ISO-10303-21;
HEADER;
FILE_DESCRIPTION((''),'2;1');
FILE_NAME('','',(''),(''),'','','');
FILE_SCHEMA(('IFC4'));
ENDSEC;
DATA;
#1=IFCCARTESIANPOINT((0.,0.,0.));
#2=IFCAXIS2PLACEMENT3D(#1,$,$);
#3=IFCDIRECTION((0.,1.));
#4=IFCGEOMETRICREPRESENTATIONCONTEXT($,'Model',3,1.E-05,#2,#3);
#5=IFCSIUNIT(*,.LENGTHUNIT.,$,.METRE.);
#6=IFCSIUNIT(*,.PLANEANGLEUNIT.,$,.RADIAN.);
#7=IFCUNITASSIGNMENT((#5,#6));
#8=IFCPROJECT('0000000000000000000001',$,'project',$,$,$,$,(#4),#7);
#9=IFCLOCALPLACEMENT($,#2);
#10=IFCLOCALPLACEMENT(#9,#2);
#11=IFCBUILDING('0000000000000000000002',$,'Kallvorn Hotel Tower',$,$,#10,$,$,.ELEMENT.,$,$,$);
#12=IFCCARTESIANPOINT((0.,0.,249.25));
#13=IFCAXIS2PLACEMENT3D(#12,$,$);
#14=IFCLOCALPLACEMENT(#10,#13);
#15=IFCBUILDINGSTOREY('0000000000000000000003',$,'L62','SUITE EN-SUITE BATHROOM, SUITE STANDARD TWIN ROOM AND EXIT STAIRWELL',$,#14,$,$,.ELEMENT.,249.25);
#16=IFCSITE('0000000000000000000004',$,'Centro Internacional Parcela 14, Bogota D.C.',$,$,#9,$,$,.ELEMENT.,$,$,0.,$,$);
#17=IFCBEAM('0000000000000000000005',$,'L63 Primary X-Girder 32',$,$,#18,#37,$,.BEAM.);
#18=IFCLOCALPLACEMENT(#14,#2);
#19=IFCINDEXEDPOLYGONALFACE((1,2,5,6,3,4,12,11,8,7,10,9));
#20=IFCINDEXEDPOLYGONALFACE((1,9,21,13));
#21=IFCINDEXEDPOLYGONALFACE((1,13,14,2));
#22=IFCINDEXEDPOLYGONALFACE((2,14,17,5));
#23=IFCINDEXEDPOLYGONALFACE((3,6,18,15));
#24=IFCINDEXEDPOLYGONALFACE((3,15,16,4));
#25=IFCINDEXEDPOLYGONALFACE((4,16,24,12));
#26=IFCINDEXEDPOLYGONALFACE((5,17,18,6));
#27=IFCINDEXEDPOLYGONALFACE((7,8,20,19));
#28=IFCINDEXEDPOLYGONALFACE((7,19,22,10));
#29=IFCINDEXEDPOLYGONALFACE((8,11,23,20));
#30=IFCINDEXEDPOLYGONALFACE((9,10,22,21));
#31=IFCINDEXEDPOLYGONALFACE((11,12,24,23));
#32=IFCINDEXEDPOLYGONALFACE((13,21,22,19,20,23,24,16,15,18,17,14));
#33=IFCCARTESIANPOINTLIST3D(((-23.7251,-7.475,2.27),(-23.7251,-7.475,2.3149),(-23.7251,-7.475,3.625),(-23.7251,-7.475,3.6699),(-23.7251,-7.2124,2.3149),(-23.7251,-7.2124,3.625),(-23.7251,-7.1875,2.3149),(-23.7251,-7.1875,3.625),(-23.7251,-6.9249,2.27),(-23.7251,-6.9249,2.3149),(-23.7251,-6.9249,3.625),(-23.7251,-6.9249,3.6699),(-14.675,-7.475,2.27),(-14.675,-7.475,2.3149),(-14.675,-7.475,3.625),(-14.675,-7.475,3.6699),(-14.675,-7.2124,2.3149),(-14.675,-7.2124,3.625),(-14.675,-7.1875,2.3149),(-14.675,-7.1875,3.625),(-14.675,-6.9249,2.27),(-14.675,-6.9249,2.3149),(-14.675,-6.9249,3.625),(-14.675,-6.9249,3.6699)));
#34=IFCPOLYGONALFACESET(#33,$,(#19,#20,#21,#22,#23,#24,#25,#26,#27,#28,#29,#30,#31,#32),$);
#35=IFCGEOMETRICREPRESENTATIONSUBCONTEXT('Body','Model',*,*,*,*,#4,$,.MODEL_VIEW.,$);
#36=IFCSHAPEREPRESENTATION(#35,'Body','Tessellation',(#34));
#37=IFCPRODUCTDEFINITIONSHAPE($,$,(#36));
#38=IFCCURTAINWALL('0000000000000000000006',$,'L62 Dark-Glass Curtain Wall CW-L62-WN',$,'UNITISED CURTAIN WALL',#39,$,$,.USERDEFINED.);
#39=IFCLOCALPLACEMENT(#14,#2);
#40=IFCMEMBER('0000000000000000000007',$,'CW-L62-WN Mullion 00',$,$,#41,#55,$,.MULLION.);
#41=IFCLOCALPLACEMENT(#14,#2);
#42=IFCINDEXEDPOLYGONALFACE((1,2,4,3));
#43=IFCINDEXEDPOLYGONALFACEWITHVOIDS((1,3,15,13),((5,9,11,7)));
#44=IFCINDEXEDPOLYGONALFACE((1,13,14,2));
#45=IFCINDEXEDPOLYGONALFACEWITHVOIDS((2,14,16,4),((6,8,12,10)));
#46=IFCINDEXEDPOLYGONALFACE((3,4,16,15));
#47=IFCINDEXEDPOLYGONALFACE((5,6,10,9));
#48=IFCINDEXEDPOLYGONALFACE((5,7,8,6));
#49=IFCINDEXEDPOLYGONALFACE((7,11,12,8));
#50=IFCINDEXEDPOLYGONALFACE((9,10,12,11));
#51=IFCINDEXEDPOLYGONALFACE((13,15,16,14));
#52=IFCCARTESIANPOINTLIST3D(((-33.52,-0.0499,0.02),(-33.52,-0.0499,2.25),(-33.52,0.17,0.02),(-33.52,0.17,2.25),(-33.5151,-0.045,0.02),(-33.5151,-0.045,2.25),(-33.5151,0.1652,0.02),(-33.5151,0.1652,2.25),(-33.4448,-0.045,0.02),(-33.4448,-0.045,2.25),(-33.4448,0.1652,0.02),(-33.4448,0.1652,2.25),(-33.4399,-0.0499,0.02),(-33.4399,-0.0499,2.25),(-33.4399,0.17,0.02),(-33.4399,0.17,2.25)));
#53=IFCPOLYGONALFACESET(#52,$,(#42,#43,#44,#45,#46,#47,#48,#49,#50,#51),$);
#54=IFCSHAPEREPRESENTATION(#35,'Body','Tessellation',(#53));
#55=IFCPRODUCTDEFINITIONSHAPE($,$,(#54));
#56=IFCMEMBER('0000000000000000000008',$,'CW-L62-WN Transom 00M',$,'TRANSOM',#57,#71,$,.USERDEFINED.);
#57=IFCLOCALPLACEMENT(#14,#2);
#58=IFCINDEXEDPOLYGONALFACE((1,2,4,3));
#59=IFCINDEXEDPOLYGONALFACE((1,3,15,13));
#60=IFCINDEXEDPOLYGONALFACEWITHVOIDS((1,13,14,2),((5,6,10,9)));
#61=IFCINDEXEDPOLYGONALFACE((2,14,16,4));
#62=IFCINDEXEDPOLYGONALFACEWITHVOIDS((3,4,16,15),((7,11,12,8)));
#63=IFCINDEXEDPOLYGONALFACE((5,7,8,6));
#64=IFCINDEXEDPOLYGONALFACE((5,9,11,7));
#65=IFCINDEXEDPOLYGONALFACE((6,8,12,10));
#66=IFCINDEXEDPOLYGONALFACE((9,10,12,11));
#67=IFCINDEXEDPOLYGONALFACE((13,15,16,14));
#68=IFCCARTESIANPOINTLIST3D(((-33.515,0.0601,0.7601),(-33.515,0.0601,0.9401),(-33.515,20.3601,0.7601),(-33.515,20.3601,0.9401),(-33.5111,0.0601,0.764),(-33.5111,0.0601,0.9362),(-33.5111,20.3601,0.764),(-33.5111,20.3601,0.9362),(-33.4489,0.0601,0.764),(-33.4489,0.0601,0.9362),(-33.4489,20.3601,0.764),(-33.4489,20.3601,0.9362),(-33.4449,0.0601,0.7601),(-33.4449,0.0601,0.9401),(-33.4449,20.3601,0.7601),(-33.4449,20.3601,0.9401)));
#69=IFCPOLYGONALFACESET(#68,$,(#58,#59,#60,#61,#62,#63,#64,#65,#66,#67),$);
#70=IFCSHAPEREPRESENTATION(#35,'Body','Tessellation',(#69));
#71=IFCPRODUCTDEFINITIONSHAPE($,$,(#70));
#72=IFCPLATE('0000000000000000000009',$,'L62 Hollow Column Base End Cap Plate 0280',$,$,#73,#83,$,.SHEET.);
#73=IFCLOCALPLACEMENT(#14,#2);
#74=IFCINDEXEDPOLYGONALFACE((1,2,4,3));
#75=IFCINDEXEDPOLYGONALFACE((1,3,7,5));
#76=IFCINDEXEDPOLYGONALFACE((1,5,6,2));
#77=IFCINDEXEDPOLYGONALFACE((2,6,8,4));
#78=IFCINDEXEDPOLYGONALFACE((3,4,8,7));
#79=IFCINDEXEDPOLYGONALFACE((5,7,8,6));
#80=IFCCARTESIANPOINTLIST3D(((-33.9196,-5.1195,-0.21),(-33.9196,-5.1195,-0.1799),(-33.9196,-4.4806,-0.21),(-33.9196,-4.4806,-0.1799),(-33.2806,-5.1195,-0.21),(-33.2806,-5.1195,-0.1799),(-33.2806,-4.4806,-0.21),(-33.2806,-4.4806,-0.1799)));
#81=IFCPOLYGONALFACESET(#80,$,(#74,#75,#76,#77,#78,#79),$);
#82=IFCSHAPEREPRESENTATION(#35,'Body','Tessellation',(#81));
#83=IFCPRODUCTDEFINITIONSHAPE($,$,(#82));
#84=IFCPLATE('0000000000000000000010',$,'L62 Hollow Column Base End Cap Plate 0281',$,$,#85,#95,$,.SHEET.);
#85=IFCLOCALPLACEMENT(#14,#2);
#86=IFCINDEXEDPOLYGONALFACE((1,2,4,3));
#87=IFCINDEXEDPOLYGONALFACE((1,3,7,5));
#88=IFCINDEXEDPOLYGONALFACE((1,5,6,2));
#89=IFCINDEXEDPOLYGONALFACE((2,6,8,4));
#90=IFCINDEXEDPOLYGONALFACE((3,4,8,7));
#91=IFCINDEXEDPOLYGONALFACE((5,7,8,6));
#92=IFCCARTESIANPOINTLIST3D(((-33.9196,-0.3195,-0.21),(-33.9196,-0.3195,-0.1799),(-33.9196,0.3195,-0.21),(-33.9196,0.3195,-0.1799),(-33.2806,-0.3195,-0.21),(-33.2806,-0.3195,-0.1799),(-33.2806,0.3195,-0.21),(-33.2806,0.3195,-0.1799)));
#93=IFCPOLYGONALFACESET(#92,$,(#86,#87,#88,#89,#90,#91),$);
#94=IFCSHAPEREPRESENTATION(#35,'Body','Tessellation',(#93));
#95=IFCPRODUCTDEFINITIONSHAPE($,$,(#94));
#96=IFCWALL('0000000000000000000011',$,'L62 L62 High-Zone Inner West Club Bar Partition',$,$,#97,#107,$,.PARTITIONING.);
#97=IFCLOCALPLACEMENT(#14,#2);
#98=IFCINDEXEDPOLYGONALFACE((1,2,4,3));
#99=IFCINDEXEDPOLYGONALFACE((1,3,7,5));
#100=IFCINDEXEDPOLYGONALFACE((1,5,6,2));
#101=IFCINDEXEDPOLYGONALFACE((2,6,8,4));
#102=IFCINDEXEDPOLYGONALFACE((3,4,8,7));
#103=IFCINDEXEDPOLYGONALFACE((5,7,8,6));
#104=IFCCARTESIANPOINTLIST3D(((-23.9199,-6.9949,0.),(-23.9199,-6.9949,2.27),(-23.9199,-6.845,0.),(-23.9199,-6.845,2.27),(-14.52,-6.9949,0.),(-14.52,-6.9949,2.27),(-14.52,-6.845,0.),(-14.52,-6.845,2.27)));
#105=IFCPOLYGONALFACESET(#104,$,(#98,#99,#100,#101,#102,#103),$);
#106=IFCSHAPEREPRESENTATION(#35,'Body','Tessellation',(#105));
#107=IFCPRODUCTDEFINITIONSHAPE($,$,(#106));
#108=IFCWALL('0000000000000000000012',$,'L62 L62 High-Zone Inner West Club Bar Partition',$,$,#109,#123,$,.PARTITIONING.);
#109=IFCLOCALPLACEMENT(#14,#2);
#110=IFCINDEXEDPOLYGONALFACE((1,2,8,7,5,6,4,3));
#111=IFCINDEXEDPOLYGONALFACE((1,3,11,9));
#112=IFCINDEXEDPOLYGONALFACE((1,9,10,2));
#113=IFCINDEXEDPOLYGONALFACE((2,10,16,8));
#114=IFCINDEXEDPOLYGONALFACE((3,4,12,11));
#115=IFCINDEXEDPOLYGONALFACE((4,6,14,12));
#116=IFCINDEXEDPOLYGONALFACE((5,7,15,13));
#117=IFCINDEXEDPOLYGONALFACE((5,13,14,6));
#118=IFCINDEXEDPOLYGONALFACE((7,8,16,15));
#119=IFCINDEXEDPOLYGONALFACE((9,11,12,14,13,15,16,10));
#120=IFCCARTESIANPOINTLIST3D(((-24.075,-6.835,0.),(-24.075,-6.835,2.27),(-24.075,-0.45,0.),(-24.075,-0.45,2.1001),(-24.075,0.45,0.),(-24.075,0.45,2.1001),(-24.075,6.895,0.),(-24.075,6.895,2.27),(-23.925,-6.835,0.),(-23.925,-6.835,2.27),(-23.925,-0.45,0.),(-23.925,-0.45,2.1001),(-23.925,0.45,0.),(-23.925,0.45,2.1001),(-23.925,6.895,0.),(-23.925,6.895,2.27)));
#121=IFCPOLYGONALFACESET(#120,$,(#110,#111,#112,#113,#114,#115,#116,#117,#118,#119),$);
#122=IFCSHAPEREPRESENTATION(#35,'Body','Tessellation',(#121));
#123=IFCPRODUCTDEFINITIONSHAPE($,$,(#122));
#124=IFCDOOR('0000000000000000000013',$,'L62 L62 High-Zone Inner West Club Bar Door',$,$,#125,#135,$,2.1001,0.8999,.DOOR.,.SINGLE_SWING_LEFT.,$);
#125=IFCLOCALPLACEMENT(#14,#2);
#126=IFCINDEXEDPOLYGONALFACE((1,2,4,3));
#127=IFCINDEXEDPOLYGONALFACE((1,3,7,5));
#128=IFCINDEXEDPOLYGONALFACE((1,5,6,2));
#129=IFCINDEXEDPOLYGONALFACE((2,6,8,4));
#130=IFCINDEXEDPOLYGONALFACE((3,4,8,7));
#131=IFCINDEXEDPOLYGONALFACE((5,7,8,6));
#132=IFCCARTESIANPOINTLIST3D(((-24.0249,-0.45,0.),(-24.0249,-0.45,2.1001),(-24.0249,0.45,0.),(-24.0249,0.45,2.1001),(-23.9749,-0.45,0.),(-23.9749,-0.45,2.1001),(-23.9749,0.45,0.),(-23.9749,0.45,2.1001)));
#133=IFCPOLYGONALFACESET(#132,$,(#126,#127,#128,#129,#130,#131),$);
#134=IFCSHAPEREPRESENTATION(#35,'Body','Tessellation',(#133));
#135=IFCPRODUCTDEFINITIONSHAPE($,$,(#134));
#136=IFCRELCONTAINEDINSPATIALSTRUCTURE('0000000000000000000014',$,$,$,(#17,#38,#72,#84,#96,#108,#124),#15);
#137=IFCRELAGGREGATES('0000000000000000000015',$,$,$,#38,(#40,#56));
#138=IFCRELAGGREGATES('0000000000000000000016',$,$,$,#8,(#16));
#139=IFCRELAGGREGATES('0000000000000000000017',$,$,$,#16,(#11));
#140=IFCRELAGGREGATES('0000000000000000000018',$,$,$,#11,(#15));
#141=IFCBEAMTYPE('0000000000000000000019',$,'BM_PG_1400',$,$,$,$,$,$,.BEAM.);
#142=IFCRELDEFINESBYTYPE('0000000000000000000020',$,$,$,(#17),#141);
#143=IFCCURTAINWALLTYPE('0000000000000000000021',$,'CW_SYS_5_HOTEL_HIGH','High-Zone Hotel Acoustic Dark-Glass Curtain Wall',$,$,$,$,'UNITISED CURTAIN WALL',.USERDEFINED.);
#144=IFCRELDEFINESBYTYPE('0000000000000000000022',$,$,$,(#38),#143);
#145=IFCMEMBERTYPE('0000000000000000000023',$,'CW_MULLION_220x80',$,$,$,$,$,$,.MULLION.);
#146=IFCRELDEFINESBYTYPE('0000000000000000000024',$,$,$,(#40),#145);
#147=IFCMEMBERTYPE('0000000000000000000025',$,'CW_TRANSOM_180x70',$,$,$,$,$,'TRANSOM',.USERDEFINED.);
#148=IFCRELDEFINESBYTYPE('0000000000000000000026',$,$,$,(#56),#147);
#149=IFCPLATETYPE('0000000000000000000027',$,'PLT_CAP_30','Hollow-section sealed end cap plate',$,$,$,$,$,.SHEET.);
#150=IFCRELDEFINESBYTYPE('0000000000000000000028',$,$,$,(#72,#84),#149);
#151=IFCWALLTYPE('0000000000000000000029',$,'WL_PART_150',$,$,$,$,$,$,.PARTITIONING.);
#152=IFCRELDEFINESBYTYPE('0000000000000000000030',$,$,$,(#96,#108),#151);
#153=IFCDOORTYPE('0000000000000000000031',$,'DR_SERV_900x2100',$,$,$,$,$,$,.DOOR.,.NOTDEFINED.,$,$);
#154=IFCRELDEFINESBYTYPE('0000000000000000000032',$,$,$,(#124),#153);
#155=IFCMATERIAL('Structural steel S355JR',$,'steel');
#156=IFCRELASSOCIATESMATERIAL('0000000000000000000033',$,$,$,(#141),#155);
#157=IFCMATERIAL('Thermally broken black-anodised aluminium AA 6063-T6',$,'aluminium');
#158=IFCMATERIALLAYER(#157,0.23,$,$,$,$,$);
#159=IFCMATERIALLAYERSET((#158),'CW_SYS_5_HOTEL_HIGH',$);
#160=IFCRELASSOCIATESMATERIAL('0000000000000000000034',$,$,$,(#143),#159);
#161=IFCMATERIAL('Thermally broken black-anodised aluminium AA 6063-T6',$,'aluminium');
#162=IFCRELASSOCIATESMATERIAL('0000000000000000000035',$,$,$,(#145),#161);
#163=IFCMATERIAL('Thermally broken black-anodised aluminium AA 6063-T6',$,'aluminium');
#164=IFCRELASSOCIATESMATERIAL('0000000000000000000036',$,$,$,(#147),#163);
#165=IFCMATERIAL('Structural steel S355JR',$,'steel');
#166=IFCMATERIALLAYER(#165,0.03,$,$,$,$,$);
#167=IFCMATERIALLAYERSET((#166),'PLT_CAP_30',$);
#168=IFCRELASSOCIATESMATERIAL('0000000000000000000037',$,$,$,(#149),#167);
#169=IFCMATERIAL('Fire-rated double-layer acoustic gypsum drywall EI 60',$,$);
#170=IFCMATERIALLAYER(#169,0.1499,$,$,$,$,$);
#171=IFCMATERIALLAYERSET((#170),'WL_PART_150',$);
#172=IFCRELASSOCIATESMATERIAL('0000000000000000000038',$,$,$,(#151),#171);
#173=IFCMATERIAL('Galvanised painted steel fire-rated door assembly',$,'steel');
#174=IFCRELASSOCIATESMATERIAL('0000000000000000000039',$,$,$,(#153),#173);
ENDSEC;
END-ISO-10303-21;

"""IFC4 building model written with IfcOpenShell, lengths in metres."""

from ifc_helpers import new_model, si_unit, direction, frame, frame_2d, origin, origin_2d, place, context, subcontext, project, spatial, rectangle, hollow_rectangle, i_section, extrude, material, layer, layer_set, material_profile, profile_set, type_object, element, fill, aggregate, save


model = new_model("IFC4")

# Units and contexts
model_context = context("Model", 3, precision=1e-05, world=origin(), true_north=direction((0.0, 1.0)))
body_context = subcontext(model_context, "Body", "Model", "MODEL_VIEW")
ifc_project = project(units=[si_unit("LENGTHUNIT", "METRE"), si_unit("PLANEANGLEUNIT", "RADIAN")], contexts=[model_context])

# Site, building, storey
site_placement = place(None, origin())
site = spatial("IfcSite", under=ifc_project, at=site_placement, Name="Centro Internacional Parcela 14, Bogota D.C.", CompositionType="ELEMENT", RefElevation=0.0)
building_placement = place(site_placement, origin())
building = spatial("IfcBuilding", under=site, at=building_placement, Name="Kallvorn Hotel Tower", CompositionType="ELEMENT")
storey_placement = place(building_placement, frame((0.0, 0.0, 249.25)))
storey = spatial("IfcBuildingStorey", under=building, at=storey_placement, Name="L62", Description="SUITE EN-SUITE BATHROOM, SUITE STANDARD TWIN ROOM AND EXIT STAIRWELL", CompositionType="ELEMENT", Elevation=249.25)

# Beam
ifc_material_1 = material(Name="Structural steel S355JR", Category="steel")
ifc_material_profile_1 = material_profile(ifc_material_1, i_section(OverallWidth=0.55, OverallDepth=1.3999, WebThickness=0.0249, FlangeThickness=0.0449, at=origin_2d()), Name="PG 1400x550x25x45")
ifc_profile_set_1 = profile_set([ifc_material_profile_1], Name="Structural steel S355JR")
beam_type_1 = type_object("IfcBeamType", Name="BM_PG_1400", PredefinedType="BEAM", material=ifc_profile_set_1)
beam_placement = place(storey_placement, frame((-23.7251, -7.2, 2.97), z_axis=(1.0, 0.0, 0.0), x_axis=(0.0, 1.0, 0.0)))
element("IfcBeam", 1, at=beam_placement, inside=storey, type_object=beam_type_1, Name="L63 Primary X-Girder 32", PredefinedType="BEAM", context=body_context, shape_type="SweptSolid", body=[
    extrude(i_section(OverallWidth=0.55, OverallDepth=1.3999, WebThickness=0.0249, FlangeThickness=0.0449, at=origin_2d()), origin(), (0.0, 0.0, 1.0), 9.05),
])

# Curtain wall, members
ifc_material_2 = material(Name="Thermally broken black-anodised aluminium AA 6063-T6", Category="aluminium")
ifc_layer_1 = layer(ifc_material_2, 0.23)
ifc_layer_set_1 = layer_set([ifc_layer_1], Name="CW_SYS_5_HOTEL_HIGH")
curtain_wall_type = type_object("IfcCurtainWallType", Name="CW_SYS_5_HOTEL_HIGH", Description="High-Zone Hotel Acoustic Dark-Glass Curtain Wall", ElementType="UNITISED CURTAIN WALL", PredefinedType="USERDEFINED", material=ifc_layer_set_1)
curtain_wall_placement = place(storey_placement, origin())
curtain_wall = element("IfcCurtainWall", 2, at=curtain_wall_placement, inside=storey, type_object=curtain_wall_type, Name="L62 Dark-Glass Curtain Wall CW-L62-WN", ObjectType="UNITISED CURTAIN WALL", PredefinedType="USERDEFINED")
ifc_material_3 = material(Name="Thermally broken black-anodised aluminium AA 6063-T6", Category="aluminium")
ifc_material_profile_2 = material_profile(ifc_material_3, hollow_rectangle(XDim=0.0801, YDim=0.22, WallThickness=0.0049, at=origin_2d()), Name="MUL 220x80")
ifc_profile_set_2 = profile_set([ifc_material_profile_2], Name="Thermally broken black-anodised aluminium AA 6063-T6")
member_type_1 = type_object("IfcMemberType", Name="CW_MULLION_220x80", PredefinedType="MULLION", material=ifc_profile_set_2)
member_1_placement = place(storey_placement, frame((-33.48, 0.0601, 0.02), z_axis=(0.0, 0.0, 1.0), x_axis=(1.0, 0.0, 0.0)))
member_1 = element("IfcMember", 3, at=member_1_placement, type_object=member_type_1, Name="CW-L62-WN Mullion 00", PredefinedType="MULLION", context=body_context, shape_type="SweptSolid", body=[
    extrude(hollow_rectangle(XDim=0.0801, YDim=0.22, WallThickness=0.0049, at=origin_2d()), origin(), (0.0, 0.0, 1.0), 2.23),
])
ifc_material_4 = material(Name="Thermally broken black-anodised aluminium AA 6063-T6", Category="aluminium")
ifc_material_profile_3 = material_profile(ifc_material_4, hollow_rectangle(XDim=0.0701, YDim=0.1799, WallThickness=0.0039, at=origin_2d()), Name="TRN 180x70")
ifc_profile_set_3 = profile_set([ifc_material_profile_3], Name="Thermally broken black-anodised aluminium AA 6063-T6")
member_type_2 = type_object("IfcMemberType", Name="CW_TRANSOM_180x70", ElementType="TRANSOM", PredefinedType="USERDEFINED", material=ifc_profile_set_3)
member_2_placement = place(storey_placement, frame((-33.48, 0.0601, 0.8501), z_axis=(0.0, 1.0, 0.0), x_axis=(-1.0, 0.0, 0.0)))
member_2 = element("IfcMember", 4, at=member_2_placement, type_object=member_type_2, Name="CW-L62-WN Transom 00M", ObjectType="TRANSOM", PredefinedType="USERDEFINED", context=body_context, shape_type="SweptSolid", body=[
    extrude(hollow_rectangle(XDim=0.0701, YDim=0.1799, WallThickness=0.0039, at=origin_2d()), origin(), (0.0, 0.0, 1.0), 20.3),
])
aggregate(curtain_wall, [member_1, member_2])

# Plates
ifc_material_5 = material(Name="Structural steel S355JR", Category="steel")
ifc_layer_2 = layer(ifc_material_5, 0.03)
ifc_layer_set_2 = layer_set([ifc_layer_2], Name="PLT_CAP_30")
plate_type = type_object("IfcPlateType", Name="PLT_CAP_30", Description="Hollow-section sealed end cap plate", PredefinedType="SHEET", material=ifc_layer_set_2)
for number, where, z_axis, x_axis, name in (
    (5, (-33.6001, -4.8, -0.21), (0.0, 0.0, 1.0), (1.0, 0.0, 0.0), "L62 Hollow Column Base End Cap Plate 0280"),
    (6, (-33.6001, 0.0, -0.21), (0.0, 0.0, 1.0), (1.0, 0.0, 0.0), "L62 Hollow Column Base End Cap Plate 0281"),
):
    element("IfcPlate", number, at=place(storey_placement, frame(where, z_axis=z_axis, x_axis=x_axis)), inside=storey, type_object=plate_type, Name=name, PredefinedType="SHEET", context=body_context, shape_type="SweptSolid", body=[
        extrude(rectangle(XDim=0.6389, YDim=0.6389, at=origin_2d()), origin(), (0.0, 0.0, 1.0), 0.03),
    ])

# Wall
ifc_material_6 = material(Name="Fire-rated double-layer acoustic gypsum drywall EI 60")
ifc_layer_3 = layer(ifc_material_6, 0.1499)
ifc_layer_set_3 = layer_set([ifc_layer_3], Name="WL_PART_150")
wall_type = type_object("IfcWallType", Name="WL_PART_150", PredefinedType="PARTITIONING", material=ifc_layer_set_3)
wall_1_placement = place(storey_placement, frame((-23.9199, -6.9199, 0.0), z_axis=(0.0, 0.0, 1.0), x_axis=(1.0, 0.0, 0.0)))
element("IfcWall", 7, at=wall_1_placement, inside=storey, type_object=wall_type, Name="L62 L62 High-Zone Inner West Club Bar Partition", PredefinedType="PARTITIONING", context=body_context, shape_type="SweptSolid", body=[
    extrude(rectangle(XDim=9.3999, YDim=0.1499, at=frame_2d((4.7, 0.0))), origin(), (0.0, 0.0, 1.0), 2.27),
])

# Wall, opening, door
wall_2_placement = place(storey_placement, frame((-24.0, -6.835, 0.0), z_axis=(0.0, 0.0, 1.0), x_axis=(0.0, 1.0, 0.0)))
wall_2 = element("IfcWall", 8, at=wall_2_placement, inside=storey, type_object=wall_type, Name="L62 L62 High-Zone Inner West Club Bar Partition", PredefinedType="PARTITIONING", context=body_context, shape_type="SweptSolid", body=[
    extrude(rectangle(XDim=13.73, YDim=0.1499, at=frame_2d((6.865, 0.0))), origin(), (0.0, 0.0, 1.0), 2.27),
])
opening_placement = place(wall_2_placement, frame((6.385, 0.0, 0.0)))
opening = element("IfcOpeningElement", 9, at=opening_placement, cuts=wall_2, PredefinedType="OPENING", context=body_context, shape_type="SweptSolid", body=[
    extrude(rectangle(XDim=0.8999, YDim=2.1001, at=frame_2d((0.45, 1.05))), frame((0.0, 0.0898, 0.0), z_axis=(0.0, -1.0, 0.0), x_axis=(1.0, 0.0, 0.0)), (0.0, 0.0, 1.0), 0.1799),
])
ifc_material_7 = material(Name="Galvanised painted steel fire-rated door assembly", Category="steel")
door_type = type_object("IfcDoorType", Name="DR_SERV_900x2100", OperationType="NOTDEFINED", PredefinedType="DOOR", material=ifc_material_7)
door_placement = place(opening_placement, origin())
door = element("IfcDoor", 10, at=door_placement, inside=storey, type_object=door_type, Name="L62 L62 High-Zone Inner West Club Bar Door", OperationType="SINGLE_SWING_LEFT", OverallHeight=2.1001, OverallWidth=0.8999, PredefinedType="DOOR", context=body_context, shape_type="SweptSolid", body=[
    extrude(rectangle(XDim=0.8999, YDim=2.1001, at=frame_2d((0.45, 1.05))), frame((0.0, 0.0249, 0.0), z_axis=(0.0, -1.0, 0.0), x_axis=(1.0, 0.0, 0.0)), (0.0, 0.0, 1.0), 0.05),
])
fill(opening, door)

save(model, "model.ifc")
